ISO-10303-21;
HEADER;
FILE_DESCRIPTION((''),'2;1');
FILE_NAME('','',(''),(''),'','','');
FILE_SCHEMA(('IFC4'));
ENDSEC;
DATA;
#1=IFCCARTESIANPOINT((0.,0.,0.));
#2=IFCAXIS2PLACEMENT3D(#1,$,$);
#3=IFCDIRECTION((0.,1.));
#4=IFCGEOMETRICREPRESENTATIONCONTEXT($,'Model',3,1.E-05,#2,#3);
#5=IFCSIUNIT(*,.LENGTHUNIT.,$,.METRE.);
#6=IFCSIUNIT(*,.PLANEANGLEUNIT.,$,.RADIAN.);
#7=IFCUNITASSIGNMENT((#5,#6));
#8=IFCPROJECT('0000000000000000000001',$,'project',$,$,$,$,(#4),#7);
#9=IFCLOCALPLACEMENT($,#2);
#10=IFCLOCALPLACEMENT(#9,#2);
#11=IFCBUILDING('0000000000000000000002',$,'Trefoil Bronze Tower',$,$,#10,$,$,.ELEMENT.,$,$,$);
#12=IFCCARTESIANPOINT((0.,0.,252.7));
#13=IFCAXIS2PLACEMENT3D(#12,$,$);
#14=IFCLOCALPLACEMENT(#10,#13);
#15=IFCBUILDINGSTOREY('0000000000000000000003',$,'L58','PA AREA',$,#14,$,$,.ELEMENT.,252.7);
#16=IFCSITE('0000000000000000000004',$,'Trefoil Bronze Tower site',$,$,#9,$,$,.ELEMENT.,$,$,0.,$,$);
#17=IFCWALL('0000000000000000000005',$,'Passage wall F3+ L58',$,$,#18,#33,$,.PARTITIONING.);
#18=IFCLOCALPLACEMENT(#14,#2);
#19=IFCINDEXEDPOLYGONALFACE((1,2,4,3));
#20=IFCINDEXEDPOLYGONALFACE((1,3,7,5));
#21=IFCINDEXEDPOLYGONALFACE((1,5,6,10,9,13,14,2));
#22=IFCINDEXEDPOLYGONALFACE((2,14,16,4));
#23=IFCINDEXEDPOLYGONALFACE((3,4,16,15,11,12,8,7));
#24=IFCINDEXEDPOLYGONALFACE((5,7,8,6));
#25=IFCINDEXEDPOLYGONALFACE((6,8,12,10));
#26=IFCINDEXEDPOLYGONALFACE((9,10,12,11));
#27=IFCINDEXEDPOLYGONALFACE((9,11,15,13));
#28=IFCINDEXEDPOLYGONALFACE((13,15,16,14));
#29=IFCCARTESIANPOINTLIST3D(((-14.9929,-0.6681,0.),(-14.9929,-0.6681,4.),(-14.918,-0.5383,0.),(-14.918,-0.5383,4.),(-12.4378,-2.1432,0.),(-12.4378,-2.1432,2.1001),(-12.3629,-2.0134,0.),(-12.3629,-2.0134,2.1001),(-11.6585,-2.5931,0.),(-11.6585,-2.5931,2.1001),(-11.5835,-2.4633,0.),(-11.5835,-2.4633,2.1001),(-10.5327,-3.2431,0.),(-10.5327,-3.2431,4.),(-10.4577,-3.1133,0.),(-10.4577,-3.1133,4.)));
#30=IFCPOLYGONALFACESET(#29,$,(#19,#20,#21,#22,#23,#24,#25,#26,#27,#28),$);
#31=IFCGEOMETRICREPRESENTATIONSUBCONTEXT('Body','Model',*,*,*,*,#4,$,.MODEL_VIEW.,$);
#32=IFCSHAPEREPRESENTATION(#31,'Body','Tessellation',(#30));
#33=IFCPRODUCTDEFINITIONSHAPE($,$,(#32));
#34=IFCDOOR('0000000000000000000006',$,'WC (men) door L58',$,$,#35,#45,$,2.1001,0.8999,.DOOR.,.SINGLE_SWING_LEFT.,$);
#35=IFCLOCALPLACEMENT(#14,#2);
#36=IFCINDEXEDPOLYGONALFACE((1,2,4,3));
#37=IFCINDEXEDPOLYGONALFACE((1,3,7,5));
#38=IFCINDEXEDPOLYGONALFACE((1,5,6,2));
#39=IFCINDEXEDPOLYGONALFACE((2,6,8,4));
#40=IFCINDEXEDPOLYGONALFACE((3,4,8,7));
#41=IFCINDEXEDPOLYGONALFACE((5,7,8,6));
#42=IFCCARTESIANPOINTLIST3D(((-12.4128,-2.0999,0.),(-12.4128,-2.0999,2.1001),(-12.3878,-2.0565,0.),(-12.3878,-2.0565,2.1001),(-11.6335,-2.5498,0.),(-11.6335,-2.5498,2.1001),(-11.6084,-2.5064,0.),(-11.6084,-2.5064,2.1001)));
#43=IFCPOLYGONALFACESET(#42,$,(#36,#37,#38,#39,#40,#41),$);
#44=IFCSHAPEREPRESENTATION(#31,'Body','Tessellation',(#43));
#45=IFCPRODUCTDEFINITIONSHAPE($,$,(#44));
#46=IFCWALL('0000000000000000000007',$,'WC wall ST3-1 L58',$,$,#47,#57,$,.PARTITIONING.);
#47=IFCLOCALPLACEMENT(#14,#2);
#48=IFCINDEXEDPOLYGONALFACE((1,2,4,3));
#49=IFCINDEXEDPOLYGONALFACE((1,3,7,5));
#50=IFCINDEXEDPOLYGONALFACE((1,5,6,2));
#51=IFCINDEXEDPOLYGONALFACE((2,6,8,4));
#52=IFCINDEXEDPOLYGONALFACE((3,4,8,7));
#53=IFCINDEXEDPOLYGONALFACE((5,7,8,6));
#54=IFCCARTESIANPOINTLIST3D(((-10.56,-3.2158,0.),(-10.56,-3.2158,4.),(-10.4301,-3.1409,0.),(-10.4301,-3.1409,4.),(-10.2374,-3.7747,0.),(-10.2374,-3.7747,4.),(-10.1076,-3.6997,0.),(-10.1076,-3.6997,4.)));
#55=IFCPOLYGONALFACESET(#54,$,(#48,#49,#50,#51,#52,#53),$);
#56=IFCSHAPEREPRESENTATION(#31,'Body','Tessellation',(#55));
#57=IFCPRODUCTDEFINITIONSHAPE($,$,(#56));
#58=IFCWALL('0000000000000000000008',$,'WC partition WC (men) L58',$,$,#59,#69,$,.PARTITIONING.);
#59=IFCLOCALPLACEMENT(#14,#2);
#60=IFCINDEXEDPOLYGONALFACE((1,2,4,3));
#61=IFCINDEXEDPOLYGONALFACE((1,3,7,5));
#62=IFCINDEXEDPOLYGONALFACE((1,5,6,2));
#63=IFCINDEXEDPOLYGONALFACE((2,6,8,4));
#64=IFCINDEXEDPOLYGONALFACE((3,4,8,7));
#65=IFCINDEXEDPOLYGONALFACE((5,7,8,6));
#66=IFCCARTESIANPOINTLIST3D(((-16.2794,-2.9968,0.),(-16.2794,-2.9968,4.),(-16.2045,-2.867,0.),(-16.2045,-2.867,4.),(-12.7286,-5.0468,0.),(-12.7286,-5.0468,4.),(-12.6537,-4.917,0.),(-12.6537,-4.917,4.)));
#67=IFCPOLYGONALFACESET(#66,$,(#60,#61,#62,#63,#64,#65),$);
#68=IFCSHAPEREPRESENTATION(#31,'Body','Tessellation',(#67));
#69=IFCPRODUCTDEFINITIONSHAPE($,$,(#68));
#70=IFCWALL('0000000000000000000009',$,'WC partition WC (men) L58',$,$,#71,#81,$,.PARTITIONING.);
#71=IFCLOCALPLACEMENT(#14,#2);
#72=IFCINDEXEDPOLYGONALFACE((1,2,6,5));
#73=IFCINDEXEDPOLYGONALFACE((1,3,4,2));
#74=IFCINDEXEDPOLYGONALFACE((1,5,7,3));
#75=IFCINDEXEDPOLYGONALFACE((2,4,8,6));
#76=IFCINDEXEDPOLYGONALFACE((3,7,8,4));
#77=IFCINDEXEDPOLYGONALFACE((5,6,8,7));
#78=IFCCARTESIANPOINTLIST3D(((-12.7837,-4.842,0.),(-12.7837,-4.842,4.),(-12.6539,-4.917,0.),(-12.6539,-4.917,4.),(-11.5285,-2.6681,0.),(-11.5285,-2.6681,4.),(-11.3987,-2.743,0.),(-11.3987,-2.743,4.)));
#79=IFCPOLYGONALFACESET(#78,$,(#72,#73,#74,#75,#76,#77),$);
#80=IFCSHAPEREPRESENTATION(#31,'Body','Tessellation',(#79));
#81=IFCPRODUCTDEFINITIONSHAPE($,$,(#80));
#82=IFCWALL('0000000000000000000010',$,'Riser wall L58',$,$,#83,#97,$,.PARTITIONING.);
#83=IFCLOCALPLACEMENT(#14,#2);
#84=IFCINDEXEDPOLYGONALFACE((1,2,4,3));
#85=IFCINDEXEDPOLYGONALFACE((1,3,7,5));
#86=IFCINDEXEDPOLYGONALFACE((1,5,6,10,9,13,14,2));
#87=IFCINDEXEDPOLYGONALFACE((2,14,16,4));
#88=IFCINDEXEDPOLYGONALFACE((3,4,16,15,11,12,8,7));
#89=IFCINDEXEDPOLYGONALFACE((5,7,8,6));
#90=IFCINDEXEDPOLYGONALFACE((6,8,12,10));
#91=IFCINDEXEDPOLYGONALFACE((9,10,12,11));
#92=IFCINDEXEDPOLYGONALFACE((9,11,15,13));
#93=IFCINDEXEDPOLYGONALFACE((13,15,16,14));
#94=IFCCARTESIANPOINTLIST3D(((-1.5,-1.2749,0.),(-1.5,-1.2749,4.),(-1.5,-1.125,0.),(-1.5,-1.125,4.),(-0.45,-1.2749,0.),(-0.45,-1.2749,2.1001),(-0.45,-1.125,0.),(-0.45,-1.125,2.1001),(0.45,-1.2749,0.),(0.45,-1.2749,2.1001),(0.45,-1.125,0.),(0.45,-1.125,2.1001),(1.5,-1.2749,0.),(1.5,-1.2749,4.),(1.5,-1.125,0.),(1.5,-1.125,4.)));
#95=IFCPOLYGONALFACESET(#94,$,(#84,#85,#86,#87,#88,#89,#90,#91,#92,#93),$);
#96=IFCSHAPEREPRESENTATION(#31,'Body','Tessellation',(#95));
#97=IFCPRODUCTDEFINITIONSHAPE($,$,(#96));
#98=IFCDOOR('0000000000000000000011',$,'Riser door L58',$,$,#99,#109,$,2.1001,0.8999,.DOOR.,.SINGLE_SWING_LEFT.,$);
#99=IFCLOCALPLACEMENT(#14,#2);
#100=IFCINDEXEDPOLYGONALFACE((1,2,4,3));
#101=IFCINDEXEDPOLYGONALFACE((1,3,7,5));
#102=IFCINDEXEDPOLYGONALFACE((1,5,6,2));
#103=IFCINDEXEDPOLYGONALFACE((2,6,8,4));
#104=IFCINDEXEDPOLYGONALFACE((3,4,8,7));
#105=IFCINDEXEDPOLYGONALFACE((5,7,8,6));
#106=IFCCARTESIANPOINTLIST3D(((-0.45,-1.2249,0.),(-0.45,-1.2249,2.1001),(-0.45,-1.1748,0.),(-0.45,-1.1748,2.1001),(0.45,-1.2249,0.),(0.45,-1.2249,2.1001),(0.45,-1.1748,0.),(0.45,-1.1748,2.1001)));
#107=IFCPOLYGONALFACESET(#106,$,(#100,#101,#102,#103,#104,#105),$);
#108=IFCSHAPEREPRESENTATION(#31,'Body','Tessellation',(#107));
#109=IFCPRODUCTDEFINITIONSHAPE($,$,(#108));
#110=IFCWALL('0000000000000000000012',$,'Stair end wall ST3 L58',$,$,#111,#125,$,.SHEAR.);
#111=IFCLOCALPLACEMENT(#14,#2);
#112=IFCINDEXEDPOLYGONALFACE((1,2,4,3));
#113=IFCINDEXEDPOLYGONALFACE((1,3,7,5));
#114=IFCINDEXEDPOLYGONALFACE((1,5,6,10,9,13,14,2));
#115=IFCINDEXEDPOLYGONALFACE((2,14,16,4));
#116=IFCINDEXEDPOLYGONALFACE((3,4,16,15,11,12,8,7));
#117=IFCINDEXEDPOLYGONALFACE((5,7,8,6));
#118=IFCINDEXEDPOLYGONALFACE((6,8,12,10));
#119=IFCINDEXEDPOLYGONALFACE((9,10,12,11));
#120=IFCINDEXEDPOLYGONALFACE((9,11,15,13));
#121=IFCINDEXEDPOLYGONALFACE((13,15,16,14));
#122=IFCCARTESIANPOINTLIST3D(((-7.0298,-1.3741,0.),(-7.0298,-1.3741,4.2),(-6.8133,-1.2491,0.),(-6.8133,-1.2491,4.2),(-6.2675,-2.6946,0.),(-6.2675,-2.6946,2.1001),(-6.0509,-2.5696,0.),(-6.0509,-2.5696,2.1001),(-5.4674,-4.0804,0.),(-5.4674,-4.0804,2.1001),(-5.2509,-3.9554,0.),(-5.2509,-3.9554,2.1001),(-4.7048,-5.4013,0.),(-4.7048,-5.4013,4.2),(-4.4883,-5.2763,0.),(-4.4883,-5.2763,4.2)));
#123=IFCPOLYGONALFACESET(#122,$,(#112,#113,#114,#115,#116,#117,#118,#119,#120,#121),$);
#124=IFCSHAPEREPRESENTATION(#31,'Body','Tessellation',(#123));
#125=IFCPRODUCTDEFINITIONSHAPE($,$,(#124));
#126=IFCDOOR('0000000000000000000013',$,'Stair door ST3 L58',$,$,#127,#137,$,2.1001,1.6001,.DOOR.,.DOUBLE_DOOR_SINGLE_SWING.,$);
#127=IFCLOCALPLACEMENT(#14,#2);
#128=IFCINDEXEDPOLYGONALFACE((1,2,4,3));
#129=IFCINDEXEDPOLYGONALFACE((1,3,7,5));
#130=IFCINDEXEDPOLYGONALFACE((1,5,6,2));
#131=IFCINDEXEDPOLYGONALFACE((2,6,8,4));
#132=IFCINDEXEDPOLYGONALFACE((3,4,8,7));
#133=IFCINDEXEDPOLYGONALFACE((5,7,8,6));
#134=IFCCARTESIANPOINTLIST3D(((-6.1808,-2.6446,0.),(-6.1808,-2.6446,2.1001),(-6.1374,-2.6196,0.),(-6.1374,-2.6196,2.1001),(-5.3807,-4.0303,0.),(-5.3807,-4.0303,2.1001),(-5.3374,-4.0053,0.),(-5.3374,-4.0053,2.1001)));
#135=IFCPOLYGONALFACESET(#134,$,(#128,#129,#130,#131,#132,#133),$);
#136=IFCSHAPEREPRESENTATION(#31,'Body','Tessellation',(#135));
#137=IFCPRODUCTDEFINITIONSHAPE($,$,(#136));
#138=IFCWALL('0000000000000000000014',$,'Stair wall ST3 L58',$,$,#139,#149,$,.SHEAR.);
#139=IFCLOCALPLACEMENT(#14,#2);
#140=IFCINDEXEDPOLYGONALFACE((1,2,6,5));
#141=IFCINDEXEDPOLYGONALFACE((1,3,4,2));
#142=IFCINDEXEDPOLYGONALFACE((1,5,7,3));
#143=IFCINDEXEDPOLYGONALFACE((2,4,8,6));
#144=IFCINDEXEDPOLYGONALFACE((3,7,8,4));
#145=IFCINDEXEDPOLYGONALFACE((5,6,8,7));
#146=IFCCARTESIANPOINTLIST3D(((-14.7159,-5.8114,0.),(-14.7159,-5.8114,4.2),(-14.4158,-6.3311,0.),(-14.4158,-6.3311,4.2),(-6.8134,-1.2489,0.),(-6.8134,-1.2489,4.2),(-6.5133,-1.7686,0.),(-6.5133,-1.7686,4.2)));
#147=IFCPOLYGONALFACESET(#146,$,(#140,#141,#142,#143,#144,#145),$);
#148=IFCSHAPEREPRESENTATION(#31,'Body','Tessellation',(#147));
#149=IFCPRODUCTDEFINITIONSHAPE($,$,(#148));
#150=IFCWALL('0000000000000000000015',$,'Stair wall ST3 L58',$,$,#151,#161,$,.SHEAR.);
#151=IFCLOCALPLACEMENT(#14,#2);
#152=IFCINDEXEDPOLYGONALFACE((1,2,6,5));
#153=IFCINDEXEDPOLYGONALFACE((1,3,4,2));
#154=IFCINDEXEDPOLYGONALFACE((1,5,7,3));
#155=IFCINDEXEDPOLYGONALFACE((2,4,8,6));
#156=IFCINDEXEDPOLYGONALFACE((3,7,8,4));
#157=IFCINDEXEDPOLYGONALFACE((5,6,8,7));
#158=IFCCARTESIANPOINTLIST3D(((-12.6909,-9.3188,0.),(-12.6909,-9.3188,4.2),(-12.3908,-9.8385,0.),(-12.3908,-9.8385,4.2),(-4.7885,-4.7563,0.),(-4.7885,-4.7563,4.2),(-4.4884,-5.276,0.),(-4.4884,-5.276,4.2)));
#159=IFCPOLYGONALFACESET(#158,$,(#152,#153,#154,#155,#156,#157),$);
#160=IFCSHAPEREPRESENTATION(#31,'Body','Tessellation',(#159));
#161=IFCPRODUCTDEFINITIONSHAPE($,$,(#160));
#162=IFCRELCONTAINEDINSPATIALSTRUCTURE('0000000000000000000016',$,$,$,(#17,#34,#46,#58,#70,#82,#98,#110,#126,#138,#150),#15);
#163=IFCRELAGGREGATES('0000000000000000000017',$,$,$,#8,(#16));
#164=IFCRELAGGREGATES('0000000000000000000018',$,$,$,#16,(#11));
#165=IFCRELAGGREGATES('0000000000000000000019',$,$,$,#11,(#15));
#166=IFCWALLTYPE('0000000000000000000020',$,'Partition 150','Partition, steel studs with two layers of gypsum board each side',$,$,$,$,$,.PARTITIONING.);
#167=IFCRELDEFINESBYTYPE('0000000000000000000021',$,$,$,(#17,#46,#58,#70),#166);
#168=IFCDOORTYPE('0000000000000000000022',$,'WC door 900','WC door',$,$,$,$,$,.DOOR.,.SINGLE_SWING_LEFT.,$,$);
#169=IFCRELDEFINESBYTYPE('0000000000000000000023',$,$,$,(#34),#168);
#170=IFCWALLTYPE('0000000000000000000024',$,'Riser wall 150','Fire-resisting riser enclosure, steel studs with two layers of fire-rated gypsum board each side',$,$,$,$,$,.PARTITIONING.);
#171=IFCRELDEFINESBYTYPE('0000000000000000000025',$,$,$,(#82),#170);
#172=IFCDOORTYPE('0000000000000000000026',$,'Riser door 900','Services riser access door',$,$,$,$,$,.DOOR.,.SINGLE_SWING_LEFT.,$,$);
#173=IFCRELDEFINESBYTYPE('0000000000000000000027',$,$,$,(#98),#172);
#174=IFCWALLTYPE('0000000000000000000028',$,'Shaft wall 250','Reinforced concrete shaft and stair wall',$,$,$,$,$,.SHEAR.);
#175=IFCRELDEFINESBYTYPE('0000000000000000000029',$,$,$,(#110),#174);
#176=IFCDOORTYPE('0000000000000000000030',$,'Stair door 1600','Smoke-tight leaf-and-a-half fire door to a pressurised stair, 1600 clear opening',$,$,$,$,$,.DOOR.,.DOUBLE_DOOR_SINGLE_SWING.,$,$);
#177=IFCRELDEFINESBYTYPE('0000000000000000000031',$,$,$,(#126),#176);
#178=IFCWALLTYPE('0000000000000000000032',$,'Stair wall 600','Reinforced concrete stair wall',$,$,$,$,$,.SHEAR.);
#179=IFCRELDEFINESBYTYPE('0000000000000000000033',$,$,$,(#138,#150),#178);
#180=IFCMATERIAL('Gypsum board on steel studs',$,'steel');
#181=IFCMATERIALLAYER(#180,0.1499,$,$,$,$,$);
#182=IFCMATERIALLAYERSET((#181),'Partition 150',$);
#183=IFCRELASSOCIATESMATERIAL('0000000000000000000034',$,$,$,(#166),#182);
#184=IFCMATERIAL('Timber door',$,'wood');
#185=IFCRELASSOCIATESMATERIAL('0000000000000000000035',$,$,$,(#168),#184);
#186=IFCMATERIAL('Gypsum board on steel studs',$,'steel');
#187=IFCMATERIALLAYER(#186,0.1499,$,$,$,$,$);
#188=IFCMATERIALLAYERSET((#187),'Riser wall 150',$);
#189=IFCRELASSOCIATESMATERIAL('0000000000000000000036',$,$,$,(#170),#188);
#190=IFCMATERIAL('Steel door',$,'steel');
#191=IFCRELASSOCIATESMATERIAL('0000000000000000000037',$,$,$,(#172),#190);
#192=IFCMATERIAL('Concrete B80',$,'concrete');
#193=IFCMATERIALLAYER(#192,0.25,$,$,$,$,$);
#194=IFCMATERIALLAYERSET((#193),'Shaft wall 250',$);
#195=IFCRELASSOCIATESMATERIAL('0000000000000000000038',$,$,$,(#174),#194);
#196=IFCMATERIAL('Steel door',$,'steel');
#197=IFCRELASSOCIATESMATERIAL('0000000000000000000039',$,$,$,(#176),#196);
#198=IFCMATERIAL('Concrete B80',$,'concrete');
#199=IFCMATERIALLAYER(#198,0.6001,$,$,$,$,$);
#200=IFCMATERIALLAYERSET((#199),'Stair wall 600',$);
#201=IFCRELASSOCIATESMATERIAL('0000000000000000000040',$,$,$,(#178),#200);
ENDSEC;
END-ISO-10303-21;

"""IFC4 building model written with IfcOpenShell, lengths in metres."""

from ifc_helpers import new_model, si_unit, direction, frame, frame_2d, origin, place, context, subcontext, project, spatial, rectangle, extrude, material, layer, layer_set, type_object, element, fill, save


model = new_model("IFC4")

# Units and contexts
model_context = context("Model", 3, precision=1e-05, world=origin(), true_north=direction((0.0, 1.0)))
body_context = subcontext(model_context, "Body", "Model", "MODEL_VIEW")
ifc_project = project(units=[si_unit("LENGTHUNIT", "METRE"), si_unit("PLANEANGLEUNIT", "RADIAN")], contexts=[model_context])

# Site, building, storey
site_placement = place(None, origin())
site = spatial("IfcSite", under=ifc_project, at=site_placement, Name="Trefoil Bronze Tower site", CompositionType="ELEMENT", RefElevation=0.0)
building_placement = place(site_placement, origin())
building = spatial("IfcBuilding", under=site, at=building_placement, Name="Trefoil Bronze Tower", CompositionType="ELEMENT")
storey_placement = place(building_placement, frame((0.0, 0.0, 252.7)))
storey = spatial("IfcBuildingStorey", under=building, at=storey_placement, Name="L58", Description="PA AREA", CompositionType="ELEMENT", Elevation=252.7)

# Wall, opening, door
ifc_material_1 = material(Name="Gypsum board on steel studs", Category="steel")
ifc_layer_1 = layer(ifc_material_1, 0.1499)
ifc_layer_set_1 = layer_set([ifc_layer_1], Name="Partition 150")
wall_type_1 = type_object("IfcWallType", Name="Partition 150", Description="Partition, steel studs with two layers of gypsum board each side", PredefinedType="PARTITIONING", material=ifc_layer_set_1)
wall_1_placement = place(storey_placement, frame((-10.4951, -3.1782, 0.0), z_axis=(0.0, 0.0, 1.0), x_axis=(-0.866038, 0.499978, 0.0)))
wall_1 = element("IfcWall", 1, at=wall_1_placement, inside=storey, type_object=wall_type_1, Name="Passage wall F3+ L58", PredefinedType="PARTITIONING", context=body_context, shape_type="SweptSolid", body=[
    extrude(rectangle(XDim=5.1501, YDim=0.1499, at=frame_2d((2.5752, 0.0))), origin(), (0.0, 0.0, 1.0), 4.0),
])
opening_1_placement = place(wall_1_placement, frame((1.3, 0.0, 0.0)))
opening_1 = element("IfcOpeningElement", 2, at=opening_1_placement, cuts=wall_1, PredefinedType="OPENING", context=body_context, shape_type="SweptSolid", body=[
    extrude(rectangle(XDim=0.8999, YDim=2.1001, at=frame_2d((0.45, 1.05))), frame((0.0, 0.085, 0.0), z_axis=(0.0, -1.0, 0.0), x_axis=(1.0, 0.0, 0.0)), (0.0, 0.0, 1.0), 0.1699),
])
ifc_material_2 = material(Name="Timber door", Category="wood")
door_type_1 = type_object("IfcDoorType", Name="WC door 900", Description="WC door", OperationType="SINGLE_SWING_LEFT", PredefinedType="DOOR", material=ifc_material_2)
door_1_placement = place(opening_1_placement, origin())
door_1 = element("IfcDoor", 3, at=door_1_placement, inside=storey, type_object=door_type_1, Name="WC (men) door L58", OperationType="SINGLE_SWING_LEFT", OverallHeight=2.1001, OverallWidth=0.8999, PredefinedType="DOOR", context=body_context, shape_type="SweptSolid", body=[
    extrude(rectangle(XDim=0.8999, YDim=2.1001, at=frame_2d((0.45, 1.05))), frame((0.0, 0.0249, 0.0), z_axis=(0.0, -1.0, 0.0), x_axis=(1.0, 0.0, 0.0)), (0.0, 0.0, 1.0), 0.05),
])
fill(opening_1, door_1)

# Walls
wall_2_placement = place(storey_placement, frame((-10.4951, -3.1782, 0.0), z_axis=(0.0, 0.0, 1.0), x_axis=(0.499843, -0.866116, 0.0)))
element("IfcWall", 4, at=wall_2_placement, inside=storey, type_object=wall_type_1, Name="WC wall ST3-1 L58", PredefinedType="PARTITIONING", context=body_context, shape_type="SweptSolid", body=[
    extrude(rectangle(XDim=0.6453, YDim=0.1499, at=frame_2d((0.3228, 0.0))), origin(), (0.0, 0.0, 1.0), 4.0),
])
wall_3_placement = place(storey_placement, frame((-12.6912, -4.9819, 0.0), z_axis=(0.0, 0.0, 1.0), x_axis=(-0.866025, 0.500001, 0.0)))
element("IfcWall", 5, at=wall_3_placement, inside=storey, type_object=wall_type_1, Name="WC partition WC (men) L58", PredefinedType="PARTITIONING", context=body_context, shape_type="SweptSolid", body=[
    extrude(rectangle(XDim=4.1001, YDim=0.1499, at=frame_2d((2.05, 0.0))), origin(), (0.0, 0.0, 1.0), 4.0),
])
wall_4_placement = place(storey_placement, frame((-11.4636, -2.7056, 0.0), z_axis=(0.0, 0.0, 1.0), x_axis=(-0.50002, -0.866014, 0.0)))
element("IfcWall", 6, at=wall_4_placement, inside=storey, type_object=wall_type_1, Name="WC partition WC (men) L58", PredefinedType="PARTITIONING", context=body_context, shape_type="SweptSolid", body=[
    extrude(rectangle(XDim=2.5103, YDim=0.1499, at=frame_2d((1.2551, 0.0))), origin(), (0.0, 0.0, 1.0), 4.0),
])

# Walls, openings, doors
ifc_material_3 = material(Name="Gypsum board on steel studs", Category="steel")
ifc_layer_2 = layer(ifc_material_3, 0.1499)
ifc_layer_set_2 = layer_set([ifc_layer_2], Name="Riser wall 150")
wall_type_2 = type_object("IfcWallType", Name="Riser wall 150", Description="Fire-resisting riser enclosure, steel studs with two layers of fire-rated gypsum board each side", PredefinedType="PARTITIONING", material=ifc_layer_set_2)
wall_5_placement = place(storey_placement, frame((-1.5, -1.2, 0.0), z_axis=(0.0, 0.0, 1.0), x_axis=(1.0, 0.0, 0.0)))
wall_5 = element("IfcWall", 7, at=wall_5_placement, inside=storey, type_object=wall_type_2, Name="Riser wall L58", PredefinedType="PARTITIONING", context=body_context, shape_type="SweptSolid", body=[
    extrude(rectangle(XDim=3.0, YDim=0.1499, at=frame_2d((1.5, 0.0))), origin(), (0.0, 0.0, 1.0), 4.0),
])
opening_2_placement = place(wall_5_placement, frame((1.05, 0.0, 0.0)))
opening_2 = element("IfcOpeningElement", 8, at=opening_2_placement, cuts=wall_5, PredefinedType="OPENING", context=body_context, shape_type="SweptSolid", body=[
    extrude(rectangle(XDim=0.8999, YDim=2.1001, at=frame_2d((0.45, 1.05))), frame((0.0, 0.085, 0.0), z_axis=(0.0, -1.0, 0.0), x_axis=(1.0, 0.0, 0.0)), (0.0, 0.0, 1.0), 0.1699),
])
ifc_material_4 = material(Name="Steel door", Category="steel")
door_type_2 = type_object("IfcDoorType", Name="Riser door 900", Description="Services riser access door", OperationType="SINGLE_SWING_LEFT", PredefinedType="DOOR", material=ifc_material_4)
door_2_placement = place(opening_2_placement, frame((0.8999, 0.0, 0.0), z_axis=(0.0, 0.0, 1.0), x_axis=(-1.0, 0.0, 0.0)))
door_2 = element("IfcDoor", 9, at=door_2_placement, inside=storey, type_object=door_type_2, Name="Riser door L58", OperationType="SINGLE_SWING_LEFT", OverallHeight=2.1001, OverallWidth=0.8999, PredefinedType="DOOR", context=body_context, shape_type="SweptSolid", body=[
    extrude(rectangle(XDim=0.8999, YDim=2.1001, at=frame_2d((0.45, 1.05))), frame((0.0, 0.0249, 0.0), z_axis=(0.0, -1.0, 0.0), x_axis=(1.0, 0.0, 0.0)), (0.0, 0.0, 1.0), 0.05),
])
fill(opening_2, door_2)
ifc_material_5 = material(Name="Concrete B80", Category="concrete")
ifc_layer_3 = layer(ifc_material_5, 0.25)
ifc_layer_set_3 = layer_set([ifc_layer_3], Name="Shaft wall 250")
wall_type_3 = type_object("IfcWallType", Name="Shaft wall 250", Description="Reinforced concrete shaft and stair wall", PredefinedType="SHEAR", material=ifc_layer_set_3)
wall_6_placement = place(storey_placement, frame((-6.9216, -1.3115, 0.0), z_axis=(0.0, 0.0, 1.0), x_axis=(0.499985, -0.866034, 0.0)))
wall_6 = element("IfcWall", 10, at=wall_6_placement, inside=storey, type_object=wall_type_3, Name="Stair end wall ST3 L58", PredefinedType="SHEAR", context=body_context, shape_type="SweptSolid", body=[
    extrude(rectangle(XDim=4.6501, YDim=0.25, at=frame_2d((2.3252, 0.0))), origin(), (0.0, 0.0, 1.0), 4.2),
])
opening_3_placement = place(wall_6_placement, frame((1.5249, 0.0, 0.0)))
opening_3 = element("IfcOpeningElement", 11, at=opening_3_placement, cuts=wall_6, PredefinedType="OPENING", context=body_context, shape_type="SweptSolid", body=[
    extrude(rectangle(XDim=1.6001, YDim=2.1001, at=frame_2d((0.8, 1.05))), frame((0.0, 0.135, 0.0), z_axis=(0.0, -1.0, 0.0), x_axis=(1.0, 0.0, 0.0)), (0.0, 0.0, 1.0), 0.27),
])
ifc_material_6 = material(Name="Steel door", Category="steel")
door_type_3 = type_object("IfcDoorType", Name="Stair door 1600", Description="Smoke-tight leaf-and-a-half fire door to a pressurised stair, 1600 clear opening", OperationType="DOUBLE_DOOR_SINGLE_SWING", PredefinedType="DOOR", material=ifc_material_6)
door_3_placement = place(opening_3_placement, frame((1.6001, 0.0, 0.0), z_axis=(0.0, 0.0, 1.0), x_axis=(-1.0, 0.0, 0.0)))
door_3 = element("IfcDoor", 12, at=door_3_placement, inside=storey, type_object=door_type_3, Name="Stair door ST3 L58", OperationType="DOUBLE_DOOR_SINGLE_SWING", OverallHeight=2.1001, OverallWidth=1.6001, PredefinedType="DOOR", context=body_context, shape_type="SweptSolid", body=[
    extrude(rectangle(XDim=1.6001, YDim=2.1001, at=frame_2d((0.8, 1.05))), frame((0.0, 0.0249, 0.0), z_axis=(0.0, -1.0, 0.0), x_axis=(1.0, 0.0, 0.0)), (0.0, 0.0, 1.0), 0.05),
])
fill(opening_3, door_3)

# Walls
ifc_material_7 = material(Name="Concrete B80", Category="concrete")
ifc_layer_4 = layer(ifc_material_7, 0.6001)
ifc_layer_set_4 = layer_set([ifc_layer_4], Name="Stair wall 600")
wall_type_4 = type_object("IfcWallType", Name="Stair wall 600", Description="Reinforced concrete stair wall", PredefinedType="SHEAR", material=ifc_layer_set_4)
for number, where, z_axis, x_axis, name in (
    (13, (-6.6633, -1.5088, 0.0), (0.0, 0.0, 1.0), (-0.866028, -0.499995, 0.0), "Stair wall ST3 L58"),
    (14, (-4.6384, -5.0161, 0.0), (0.0, 0.0, 1.0), (-0.866022, -0.500007, 0.0), "Stair wall ST3 L58"),
):
    element("IfcWall", number, at=place(storey_placement, frame(where, z_axis=z_axis, x_axis=x_axis)), inside=storey, type_object=wall_type_4, Name=name, PredefinedType="SHEAR", context=body_context, shape_type="SweptSolid", body=[
        extrude(rectangle(XDim=9.125, YDim=0.6001, at=frame_2d((4.5625, 0.0))), origin(), (0.0, 0.0, 1.0), 4.2),
    ])

save(model, "model.ifc")
